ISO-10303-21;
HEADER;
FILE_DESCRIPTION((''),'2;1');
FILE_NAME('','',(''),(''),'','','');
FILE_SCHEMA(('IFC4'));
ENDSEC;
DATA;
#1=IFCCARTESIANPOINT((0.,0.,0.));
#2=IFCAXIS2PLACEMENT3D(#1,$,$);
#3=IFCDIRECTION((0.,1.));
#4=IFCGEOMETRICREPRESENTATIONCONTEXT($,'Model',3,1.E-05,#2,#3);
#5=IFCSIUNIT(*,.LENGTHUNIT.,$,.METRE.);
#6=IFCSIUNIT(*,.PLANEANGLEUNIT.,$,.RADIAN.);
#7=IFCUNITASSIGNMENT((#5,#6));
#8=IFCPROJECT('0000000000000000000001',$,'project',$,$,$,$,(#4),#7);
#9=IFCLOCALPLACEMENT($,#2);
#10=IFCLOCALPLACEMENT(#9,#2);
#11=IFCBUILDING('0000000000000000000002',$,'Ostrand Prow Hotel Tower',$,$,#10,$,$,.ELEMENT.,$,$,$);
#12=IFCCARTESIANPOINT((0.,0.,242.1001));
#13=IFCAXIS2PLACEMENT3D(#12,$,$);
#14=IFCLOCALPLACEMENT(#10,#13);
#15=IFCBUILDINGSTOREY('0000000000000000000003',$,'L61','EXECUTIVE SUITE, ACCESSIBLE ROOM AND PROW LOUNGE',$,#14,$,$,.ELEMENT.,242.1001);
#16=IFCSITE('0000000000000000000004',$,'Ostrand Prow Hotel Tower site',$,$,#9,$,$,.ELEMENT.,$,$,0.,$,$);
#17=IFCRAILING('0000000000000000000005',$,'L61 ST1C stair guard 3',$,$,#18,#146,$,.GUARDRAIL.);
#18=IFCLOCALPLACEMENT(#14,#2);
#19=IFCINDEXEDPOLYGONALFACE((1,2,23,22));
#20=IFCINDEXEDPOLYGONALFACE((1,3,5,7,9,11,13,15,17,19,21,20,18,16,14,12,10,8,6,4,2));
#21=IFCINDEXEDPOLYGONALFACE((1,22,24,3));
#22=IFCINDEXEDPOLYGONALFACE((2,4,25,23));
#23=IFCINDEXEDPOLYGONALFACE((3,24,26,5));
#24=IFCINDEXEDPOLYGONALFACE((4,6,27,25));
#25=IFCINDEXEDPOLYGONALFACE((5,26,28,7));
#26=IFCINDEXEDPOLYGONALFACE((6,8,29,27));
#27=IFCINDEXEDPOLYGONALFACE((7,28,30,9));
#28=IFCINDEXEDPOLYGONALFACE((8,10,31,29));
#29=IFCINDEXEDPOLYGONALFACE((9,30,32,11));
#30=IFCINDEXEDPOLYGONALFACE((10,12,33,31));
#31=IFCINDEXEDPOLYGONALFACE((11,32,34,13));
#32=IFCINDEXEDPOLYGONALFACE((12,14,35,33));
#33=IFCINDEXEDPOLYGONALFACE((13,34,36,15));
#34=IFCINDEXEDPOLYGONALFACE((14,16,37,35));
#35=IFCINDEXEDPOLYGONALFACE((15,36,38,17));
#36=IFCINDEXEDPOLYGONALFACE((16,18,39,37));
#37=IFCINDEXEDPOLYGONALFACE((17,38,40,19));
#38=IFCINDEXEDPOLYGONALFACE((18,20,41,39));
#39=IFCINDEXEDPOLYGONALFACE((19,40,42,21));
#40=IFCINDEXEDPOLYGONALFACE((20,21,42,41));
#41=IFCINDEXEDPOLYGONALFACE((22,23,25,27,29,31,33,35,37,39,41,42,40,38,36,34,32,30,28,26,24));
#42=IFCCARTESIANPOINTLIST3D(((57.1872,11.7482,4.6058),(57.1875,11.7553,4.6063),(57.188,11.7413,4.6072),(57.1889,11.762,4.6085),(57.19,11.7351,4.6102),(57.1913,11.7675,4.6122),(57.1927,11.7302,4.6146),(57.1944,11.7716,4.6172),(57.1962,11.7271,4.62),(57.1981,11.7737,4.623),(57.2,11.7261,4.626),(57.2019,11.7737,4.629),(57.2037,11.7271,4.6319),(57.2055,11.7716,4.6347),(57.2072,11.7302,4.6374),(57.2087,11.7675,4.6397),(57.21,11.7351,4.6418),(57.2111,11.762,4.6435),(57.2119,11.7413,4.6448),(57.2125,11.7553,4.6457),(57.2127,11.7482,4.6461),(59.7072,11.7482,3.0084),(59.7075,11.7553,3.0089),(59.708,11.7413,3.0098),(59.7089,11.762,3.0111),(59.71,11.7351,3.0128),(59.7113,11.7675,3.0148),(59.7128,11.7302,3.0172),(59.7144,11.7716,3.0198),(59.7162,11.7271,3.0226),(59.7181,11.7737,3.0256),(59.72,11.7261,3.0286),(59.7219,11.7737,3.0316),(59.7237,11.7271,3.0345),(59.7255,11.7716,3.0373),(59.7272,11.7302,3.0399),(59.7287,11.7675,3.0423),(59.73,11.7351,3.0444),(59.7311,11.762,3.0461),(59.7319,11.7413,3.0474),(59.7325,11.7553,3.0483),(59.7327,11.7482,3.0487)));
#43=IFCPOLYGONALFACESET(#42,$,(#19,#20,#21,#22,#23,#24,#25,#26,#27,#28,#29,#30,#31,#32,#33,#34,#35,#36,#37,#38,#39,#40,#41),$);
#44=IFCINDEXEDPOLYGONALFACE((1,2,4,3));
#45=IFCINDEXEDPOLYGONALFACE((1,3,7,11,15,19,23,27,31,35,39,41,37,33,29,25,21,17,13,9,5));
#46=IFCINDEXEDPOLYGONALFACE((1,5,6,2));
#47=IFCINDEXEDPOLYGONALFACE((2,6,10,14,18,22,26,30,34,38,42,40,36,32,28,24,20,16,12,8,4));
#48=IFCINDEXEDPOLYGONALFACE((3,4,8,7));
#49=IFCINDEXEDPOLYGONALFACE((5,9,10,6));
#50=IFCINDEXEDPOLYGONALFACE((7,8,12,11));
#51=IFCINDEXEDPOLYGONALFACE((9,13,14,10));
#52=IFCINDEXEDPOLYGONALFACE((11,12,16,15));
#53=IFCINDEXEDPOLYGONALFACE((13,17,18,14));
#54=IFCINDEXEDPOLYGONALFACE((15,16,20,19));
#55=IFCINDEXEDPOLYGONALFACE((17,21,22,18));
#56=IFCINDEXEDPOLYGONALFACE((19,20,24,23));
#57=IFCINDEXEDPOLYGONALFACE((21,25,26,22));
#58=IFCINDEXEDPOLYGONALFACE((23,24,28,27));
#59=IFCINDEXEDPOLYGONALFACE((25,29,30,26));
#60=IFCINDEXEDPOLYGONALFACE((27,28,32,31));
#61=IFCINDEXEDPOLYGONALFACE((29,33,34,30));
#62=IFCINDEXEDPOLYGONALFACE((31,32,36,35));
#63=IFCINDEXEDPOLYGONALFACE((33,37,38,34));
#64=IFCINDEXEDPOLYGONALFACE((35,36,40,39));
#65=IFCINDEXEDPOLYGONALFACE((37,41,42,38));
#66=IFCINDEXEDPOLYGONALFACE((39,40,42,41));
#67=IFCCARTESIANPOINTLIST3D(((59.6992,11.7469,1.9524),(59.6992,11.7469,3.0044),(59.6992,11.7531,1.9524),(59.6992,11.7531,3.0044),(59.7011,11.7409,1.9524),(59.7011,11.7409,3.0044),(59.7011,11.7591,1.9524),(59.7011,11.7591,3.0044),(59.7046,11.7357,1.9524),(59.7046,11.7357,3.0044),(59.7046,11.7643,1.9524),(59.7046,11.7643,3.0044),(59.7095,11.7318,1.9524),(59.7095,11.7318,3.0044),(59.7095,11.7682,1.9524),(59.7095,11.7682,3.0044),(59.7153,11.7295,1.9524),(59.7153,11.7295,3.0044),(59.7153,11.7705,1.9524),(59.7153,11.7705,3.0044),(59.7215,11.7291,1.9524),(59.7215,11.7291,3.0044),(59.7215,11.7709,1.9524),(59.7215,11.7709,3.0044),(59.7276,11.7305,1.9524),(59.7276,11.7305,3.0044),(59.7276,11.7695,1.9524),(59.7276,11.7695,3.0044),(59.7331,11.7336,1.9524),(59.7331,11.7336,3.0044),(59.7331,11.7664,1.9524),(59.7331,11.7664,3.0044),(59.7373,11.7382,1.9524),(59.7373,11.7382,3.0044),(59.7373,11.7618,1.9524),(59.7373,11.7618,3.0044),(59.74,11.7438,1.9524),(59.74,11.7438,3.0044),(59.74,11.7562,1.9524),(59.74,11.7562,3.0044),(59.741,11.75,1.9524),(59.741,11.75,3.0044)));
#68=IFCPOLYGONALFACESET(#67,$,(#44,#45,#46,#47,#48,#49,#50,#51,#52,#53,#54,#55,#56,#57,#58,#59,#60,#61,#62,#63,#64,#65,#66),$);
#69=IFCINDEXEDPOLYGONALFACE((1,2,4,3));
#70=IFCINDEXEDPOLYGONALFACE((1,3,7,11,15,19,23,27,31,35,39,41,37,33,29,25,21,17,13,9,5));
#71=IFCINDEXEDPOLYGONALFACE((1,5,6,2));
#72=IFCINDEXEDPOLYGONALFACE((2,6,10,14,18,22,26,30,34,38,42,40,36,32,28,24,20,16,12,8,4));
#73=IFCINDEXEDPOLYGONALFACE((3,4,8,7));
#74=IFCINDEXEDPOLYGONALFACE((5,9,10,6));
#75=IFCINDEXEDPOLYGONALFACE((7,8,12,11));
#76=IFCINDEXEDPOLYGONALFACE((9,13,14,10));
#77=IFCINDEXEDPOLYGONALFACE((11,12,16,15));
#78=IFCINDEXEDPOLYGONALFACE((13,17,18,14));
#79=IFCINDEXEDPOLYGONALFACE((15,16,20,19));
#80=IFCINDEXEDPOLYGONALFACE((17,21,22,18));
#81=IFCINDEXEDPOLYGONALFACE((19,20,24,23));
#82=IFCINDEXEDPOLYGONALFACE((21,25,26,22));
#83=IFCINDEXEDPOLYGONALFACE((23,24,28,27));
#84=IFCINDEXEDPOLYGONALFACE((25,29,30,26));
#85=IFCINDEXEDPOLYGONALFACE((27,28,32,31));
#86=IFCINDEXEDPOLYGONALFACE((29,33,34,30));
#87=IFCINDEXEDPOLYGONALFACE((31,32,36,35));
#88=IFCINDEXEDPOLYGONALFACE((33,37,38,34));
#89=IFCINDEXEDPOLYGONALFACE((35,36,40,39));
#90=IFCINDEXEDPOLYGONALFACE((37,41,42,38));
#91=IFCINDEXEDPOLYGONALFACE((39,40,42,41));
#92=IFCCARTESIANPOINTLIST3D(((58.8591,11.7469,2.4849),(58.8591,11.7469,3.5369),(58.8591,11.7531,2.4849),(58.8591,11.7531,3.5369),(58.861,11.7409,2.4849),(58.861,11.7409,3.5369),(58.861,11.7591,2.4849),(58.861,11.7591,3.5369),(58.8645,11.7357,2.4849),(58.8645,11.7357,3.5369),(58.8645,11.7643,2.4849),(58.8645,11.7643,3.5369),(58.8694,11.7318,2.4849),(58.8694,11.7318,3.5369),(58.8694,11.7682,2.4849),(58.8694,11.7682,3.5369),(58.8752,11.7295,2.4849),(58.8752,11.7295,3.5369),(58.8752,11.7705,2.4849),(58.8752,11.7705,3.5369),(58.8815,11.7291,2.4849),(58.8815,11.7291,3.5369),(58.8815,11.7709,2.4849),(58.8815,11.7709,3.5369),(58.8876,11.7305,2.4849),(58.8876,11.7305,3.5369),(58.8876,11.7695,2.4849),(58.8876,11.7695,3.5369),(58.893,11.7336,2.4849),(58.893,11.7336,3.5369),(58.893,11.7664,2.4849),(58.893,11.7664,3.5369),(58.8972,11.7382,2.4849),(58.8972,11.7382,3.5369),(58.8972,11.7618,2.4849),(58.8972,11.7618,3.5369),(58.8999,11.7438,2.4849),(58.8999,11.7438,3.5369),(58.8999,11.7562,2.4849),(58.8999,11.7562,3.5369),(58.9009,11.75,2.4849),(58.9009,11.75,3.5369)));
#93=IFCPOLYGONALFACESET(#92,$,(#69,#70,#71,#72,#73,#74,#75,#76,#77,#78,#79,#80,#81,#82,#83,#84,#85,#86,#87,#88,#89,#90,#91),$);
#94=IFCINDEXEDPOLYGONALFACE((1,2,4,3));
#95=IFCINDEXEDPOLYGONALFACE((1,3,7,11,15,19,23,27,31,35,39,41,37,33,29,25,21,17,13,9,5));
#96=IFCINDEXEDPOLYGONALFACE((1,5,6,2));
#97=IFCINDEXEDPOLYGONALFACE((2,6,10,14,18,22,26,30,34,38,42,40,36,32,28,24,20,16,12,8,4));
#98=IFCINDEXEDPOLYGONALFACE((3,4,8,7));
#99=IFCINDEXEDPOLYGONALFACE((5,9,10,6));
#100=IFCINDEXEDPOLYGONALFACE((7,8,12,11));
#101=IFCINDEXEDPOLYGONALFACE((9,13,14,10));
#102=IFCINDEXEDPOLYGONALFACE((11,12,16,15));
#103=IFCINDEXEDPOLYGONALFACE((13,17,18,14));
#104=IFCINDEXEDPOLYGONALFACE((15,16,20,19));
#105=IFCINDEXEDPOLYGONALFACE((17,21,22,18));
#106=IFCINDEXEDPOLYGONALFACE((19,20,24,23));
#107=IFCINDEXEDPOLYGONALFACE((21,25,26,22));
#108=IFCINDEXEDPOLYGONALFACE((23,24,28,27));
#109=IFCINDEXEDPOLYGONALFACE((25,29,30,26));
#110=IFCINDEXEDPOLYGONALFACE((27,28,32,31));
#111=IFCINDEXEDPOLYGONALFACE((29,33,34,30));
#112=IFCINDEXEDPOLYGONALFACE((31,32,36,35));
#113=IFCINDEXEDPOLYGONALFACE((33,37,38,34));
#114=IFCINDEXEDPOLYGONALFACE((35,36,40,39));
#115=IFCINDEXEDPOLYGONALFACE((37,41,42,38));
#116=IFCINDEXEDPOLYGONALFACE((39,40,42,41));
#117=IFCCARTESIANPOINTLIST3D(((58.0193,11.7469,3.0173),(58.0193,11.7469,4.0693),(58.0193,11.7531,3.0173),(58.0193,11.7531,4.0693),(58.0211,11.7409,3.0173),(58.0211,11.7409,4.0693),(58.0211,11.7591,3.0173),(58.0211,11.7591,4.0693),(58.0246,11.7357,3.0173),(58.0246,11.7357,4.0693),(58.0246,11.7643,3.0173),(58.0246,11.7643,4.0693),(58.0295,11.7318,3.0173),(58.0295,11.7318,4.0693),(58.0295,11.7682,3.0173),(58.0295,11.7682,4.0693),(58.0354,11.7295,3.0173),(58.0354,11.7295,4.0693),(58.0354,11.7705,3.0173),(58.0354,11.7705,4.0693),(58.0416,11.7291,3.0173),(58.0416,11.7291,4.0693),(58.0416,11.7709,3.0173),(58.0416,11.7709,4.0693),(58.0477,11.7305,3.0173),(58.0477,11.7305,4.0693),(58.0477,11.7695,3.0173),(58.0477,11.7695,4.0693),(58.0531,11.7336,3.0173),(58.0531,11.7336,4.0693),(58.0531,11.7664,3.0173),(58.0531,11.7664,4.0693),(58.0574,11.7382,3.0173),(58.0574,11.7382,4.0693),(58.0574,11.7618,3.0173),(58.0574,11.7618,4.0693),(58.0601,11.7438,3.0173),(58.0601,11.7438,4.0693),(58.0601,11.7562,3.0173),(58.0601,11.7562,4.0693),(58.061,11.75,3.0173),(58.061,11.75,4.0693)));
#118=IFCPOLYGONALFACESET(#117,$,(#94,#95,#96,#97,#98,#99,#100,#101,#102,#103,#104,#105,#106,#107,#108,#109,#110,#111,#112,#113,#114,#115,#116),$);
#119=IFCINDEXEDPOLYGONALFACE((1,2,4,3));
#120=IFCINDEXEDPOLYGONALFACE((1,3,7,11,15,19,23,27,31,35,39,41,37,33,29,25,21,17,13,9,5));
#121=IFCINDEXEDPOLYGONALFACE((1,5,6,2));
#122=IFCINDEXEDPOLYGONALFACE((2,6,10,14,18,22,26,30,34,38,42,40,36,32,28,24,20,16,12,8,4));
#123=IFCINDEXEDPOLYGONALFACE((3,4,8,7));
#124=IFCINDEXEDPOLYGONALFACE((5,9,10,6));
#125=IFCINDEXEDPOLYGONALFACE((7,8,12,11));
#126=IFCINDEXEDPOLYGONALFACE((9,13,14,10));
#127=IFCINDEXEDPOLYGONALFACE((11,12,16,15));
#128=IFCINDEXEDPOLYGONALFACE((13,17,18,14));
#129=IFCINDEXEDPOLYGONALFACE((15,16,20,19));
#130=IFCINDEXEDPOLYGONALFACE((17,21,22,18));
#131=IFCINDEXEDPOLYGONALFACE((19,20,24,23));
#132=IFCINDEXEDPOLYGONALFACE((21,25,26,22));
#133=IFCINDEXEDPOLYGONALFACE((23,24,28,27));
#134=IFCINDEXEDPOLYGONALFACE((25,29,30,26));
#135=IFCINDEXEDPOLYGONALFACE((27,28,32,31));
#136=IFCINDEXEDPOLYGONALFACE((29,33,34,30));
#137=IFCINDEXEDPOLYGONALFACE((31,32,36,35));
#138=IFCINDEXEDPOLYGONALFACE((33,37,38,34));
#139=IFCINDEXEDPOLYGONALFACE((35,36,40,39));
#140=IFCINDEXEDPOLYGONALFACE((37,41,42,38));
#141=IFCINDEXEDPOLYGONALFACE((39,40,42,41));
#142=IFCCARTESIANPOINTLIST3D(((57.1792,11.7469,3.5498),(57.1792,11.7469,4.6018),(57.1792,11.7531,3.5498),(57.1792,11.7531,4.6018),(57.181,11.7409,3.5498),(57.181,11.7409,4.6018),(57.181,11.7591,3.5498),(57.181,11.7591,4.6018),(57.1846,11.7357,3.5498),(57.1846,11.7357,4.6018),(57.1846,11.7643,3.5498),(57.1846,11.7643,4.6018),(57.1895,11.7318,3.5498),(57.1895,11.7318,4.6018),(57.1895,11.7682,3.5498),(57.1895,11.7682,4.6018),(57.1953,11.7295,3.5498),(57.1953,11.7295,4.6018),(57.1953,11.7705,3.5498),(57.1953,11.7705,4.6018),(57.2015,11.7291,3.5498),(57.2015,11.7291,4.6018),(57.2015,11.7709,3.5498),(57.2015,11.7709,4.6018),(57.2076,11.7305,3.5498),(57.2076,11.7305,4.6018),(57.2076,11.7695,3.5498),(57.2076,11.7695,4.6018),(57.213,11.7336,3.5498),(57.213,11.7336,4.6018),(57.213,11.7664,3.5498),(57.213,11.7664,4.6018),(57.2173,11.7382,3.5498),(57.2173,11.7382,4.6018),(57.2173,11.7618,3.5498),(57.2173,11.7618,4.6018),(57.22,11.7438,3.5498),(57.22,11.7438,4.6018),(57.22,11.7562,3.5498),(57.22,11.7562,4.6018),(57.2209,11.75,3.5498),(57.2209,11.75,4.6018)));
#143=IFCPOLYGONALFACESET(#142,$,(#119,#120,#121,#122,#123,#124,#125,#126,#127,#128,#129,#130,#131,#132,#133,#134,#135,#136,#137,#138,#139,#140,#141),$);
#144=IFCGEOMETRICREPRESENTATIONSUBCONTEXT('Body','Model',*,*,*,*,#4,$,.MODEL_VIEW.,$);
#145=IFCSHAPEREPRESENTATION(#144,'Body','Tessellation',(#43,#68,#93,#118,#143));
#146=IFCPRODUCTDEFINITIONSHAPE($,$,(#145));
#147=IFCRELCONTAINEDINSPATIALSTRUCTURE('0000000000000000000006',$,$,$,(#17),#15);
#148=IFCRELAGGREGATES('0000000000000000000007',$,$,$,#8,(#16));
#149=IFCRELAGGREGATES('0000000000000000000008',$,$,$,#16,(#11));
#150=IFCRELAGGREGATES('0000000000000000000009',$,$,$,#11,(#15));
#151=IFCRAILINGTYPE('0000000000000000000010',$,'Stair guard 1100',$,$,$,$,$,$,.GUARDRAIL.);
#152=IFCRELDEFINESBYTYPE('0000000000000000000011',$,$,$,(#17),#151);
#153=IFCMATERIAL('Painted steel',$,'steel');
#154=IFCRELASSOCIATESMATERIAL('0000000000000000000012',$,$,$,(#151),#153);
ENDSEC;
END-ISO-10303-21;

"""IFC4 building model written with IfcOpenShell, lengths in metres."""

from ifc_helpers import new_model, si_unit, direction, frame, origin, origin_2d, place, context, subcontext, project, spatial, circle, extrude, material, type_object, element, save


model = new_model("IFC4")

# Units and contexts
model_context = context("Model", 3, precision=1e-05, world=origin(), true_north=direction((0.0, 1.0)))
body_context = subcontext(model_context, "Body", "Model", "MODEL_VIEW")
ifc_project = project(units=[si_unit("LENGTHUNIT", "METRE"), si_unit("PLANEANGLEUNIT", "RADIAN")], contexts=[model_context])

# Site, building, storey
site_placement = place(None, origin())
site = spatial("IfcSite", under=ifc_project, at=site_placement, Name="Ostrand Prow Hotel Tower site", CompositionType="ELEMENT", RefElevation=0.0)
building_placement = place(site_placement, origin())
building = spatial("IfcBuilding", under=site, at=building_placement, Name="Ostrand Prow Hotel Tower", CompositionType="ELEMENT")
storey_placement = place(building_placement, frame((0.0, 0.0, 242.1001)))
storey = spatial("IfcBuildingStorey", under=building, at=storey_placement, Name="L61", Description="EXECUTIVE SUITE, ACCESSIBLE ROOM AND PROW LOUNGE", CompositionType="ELEMENT", Elevation=242.1001)

# Railing
ifc_material_1 = material(Name="Painted steel", Category="steel")
railing_type_1 = type_object("IfcRailingType", Name="Stair guard 1100", PredefinedType="GUARDRAIL", material=ifc_material_1)
railing_1_placement = place(storey_placement, frame((59.72, 11.75, 1.9524)))
element("IfcRailing", 1, at=railing_1_placement, inside=storey, type_object=railing_type_1, Name="L61 ST1C stair guard 3", PredefinedType="GUARDRAIL", context=body_context, shape_type="SweptSolid", body=[
    extrude(circle(Radius=0.0239, at=origin_2d()), frame((0.0, 0.0, 1.0762), z_axis=(-0.844607, 0.0, 0.535387), x_axis=(0.0, -1.0, 0.0)), (0.0, 0.0, 1.0), 2.9836),
    extrude(circle(Radius=0.021, at=origin_2d()), origin(), (0.0, 0.0, 1.0), 1.052),
    extrude(circle(Radius=0.021, at=origin_2d()), frame((-0.8401, 0.0, 0.5325)), (0.0, 0.0, 1.0), 1.052),
    extrude(circle(Radius=0.021, at=origin_2d()), frame((-1.6799, 0.0, 1.0649)), (0.0, 0.0, 1.0), 1.052),
    extrude(circle(Radius=0.021, at=origin_2d()), frame((-2.52, 0.0, 1.5974)), (0.0, 0.0, 1.0), 1.052),
])

save(model, "model.ifc")
